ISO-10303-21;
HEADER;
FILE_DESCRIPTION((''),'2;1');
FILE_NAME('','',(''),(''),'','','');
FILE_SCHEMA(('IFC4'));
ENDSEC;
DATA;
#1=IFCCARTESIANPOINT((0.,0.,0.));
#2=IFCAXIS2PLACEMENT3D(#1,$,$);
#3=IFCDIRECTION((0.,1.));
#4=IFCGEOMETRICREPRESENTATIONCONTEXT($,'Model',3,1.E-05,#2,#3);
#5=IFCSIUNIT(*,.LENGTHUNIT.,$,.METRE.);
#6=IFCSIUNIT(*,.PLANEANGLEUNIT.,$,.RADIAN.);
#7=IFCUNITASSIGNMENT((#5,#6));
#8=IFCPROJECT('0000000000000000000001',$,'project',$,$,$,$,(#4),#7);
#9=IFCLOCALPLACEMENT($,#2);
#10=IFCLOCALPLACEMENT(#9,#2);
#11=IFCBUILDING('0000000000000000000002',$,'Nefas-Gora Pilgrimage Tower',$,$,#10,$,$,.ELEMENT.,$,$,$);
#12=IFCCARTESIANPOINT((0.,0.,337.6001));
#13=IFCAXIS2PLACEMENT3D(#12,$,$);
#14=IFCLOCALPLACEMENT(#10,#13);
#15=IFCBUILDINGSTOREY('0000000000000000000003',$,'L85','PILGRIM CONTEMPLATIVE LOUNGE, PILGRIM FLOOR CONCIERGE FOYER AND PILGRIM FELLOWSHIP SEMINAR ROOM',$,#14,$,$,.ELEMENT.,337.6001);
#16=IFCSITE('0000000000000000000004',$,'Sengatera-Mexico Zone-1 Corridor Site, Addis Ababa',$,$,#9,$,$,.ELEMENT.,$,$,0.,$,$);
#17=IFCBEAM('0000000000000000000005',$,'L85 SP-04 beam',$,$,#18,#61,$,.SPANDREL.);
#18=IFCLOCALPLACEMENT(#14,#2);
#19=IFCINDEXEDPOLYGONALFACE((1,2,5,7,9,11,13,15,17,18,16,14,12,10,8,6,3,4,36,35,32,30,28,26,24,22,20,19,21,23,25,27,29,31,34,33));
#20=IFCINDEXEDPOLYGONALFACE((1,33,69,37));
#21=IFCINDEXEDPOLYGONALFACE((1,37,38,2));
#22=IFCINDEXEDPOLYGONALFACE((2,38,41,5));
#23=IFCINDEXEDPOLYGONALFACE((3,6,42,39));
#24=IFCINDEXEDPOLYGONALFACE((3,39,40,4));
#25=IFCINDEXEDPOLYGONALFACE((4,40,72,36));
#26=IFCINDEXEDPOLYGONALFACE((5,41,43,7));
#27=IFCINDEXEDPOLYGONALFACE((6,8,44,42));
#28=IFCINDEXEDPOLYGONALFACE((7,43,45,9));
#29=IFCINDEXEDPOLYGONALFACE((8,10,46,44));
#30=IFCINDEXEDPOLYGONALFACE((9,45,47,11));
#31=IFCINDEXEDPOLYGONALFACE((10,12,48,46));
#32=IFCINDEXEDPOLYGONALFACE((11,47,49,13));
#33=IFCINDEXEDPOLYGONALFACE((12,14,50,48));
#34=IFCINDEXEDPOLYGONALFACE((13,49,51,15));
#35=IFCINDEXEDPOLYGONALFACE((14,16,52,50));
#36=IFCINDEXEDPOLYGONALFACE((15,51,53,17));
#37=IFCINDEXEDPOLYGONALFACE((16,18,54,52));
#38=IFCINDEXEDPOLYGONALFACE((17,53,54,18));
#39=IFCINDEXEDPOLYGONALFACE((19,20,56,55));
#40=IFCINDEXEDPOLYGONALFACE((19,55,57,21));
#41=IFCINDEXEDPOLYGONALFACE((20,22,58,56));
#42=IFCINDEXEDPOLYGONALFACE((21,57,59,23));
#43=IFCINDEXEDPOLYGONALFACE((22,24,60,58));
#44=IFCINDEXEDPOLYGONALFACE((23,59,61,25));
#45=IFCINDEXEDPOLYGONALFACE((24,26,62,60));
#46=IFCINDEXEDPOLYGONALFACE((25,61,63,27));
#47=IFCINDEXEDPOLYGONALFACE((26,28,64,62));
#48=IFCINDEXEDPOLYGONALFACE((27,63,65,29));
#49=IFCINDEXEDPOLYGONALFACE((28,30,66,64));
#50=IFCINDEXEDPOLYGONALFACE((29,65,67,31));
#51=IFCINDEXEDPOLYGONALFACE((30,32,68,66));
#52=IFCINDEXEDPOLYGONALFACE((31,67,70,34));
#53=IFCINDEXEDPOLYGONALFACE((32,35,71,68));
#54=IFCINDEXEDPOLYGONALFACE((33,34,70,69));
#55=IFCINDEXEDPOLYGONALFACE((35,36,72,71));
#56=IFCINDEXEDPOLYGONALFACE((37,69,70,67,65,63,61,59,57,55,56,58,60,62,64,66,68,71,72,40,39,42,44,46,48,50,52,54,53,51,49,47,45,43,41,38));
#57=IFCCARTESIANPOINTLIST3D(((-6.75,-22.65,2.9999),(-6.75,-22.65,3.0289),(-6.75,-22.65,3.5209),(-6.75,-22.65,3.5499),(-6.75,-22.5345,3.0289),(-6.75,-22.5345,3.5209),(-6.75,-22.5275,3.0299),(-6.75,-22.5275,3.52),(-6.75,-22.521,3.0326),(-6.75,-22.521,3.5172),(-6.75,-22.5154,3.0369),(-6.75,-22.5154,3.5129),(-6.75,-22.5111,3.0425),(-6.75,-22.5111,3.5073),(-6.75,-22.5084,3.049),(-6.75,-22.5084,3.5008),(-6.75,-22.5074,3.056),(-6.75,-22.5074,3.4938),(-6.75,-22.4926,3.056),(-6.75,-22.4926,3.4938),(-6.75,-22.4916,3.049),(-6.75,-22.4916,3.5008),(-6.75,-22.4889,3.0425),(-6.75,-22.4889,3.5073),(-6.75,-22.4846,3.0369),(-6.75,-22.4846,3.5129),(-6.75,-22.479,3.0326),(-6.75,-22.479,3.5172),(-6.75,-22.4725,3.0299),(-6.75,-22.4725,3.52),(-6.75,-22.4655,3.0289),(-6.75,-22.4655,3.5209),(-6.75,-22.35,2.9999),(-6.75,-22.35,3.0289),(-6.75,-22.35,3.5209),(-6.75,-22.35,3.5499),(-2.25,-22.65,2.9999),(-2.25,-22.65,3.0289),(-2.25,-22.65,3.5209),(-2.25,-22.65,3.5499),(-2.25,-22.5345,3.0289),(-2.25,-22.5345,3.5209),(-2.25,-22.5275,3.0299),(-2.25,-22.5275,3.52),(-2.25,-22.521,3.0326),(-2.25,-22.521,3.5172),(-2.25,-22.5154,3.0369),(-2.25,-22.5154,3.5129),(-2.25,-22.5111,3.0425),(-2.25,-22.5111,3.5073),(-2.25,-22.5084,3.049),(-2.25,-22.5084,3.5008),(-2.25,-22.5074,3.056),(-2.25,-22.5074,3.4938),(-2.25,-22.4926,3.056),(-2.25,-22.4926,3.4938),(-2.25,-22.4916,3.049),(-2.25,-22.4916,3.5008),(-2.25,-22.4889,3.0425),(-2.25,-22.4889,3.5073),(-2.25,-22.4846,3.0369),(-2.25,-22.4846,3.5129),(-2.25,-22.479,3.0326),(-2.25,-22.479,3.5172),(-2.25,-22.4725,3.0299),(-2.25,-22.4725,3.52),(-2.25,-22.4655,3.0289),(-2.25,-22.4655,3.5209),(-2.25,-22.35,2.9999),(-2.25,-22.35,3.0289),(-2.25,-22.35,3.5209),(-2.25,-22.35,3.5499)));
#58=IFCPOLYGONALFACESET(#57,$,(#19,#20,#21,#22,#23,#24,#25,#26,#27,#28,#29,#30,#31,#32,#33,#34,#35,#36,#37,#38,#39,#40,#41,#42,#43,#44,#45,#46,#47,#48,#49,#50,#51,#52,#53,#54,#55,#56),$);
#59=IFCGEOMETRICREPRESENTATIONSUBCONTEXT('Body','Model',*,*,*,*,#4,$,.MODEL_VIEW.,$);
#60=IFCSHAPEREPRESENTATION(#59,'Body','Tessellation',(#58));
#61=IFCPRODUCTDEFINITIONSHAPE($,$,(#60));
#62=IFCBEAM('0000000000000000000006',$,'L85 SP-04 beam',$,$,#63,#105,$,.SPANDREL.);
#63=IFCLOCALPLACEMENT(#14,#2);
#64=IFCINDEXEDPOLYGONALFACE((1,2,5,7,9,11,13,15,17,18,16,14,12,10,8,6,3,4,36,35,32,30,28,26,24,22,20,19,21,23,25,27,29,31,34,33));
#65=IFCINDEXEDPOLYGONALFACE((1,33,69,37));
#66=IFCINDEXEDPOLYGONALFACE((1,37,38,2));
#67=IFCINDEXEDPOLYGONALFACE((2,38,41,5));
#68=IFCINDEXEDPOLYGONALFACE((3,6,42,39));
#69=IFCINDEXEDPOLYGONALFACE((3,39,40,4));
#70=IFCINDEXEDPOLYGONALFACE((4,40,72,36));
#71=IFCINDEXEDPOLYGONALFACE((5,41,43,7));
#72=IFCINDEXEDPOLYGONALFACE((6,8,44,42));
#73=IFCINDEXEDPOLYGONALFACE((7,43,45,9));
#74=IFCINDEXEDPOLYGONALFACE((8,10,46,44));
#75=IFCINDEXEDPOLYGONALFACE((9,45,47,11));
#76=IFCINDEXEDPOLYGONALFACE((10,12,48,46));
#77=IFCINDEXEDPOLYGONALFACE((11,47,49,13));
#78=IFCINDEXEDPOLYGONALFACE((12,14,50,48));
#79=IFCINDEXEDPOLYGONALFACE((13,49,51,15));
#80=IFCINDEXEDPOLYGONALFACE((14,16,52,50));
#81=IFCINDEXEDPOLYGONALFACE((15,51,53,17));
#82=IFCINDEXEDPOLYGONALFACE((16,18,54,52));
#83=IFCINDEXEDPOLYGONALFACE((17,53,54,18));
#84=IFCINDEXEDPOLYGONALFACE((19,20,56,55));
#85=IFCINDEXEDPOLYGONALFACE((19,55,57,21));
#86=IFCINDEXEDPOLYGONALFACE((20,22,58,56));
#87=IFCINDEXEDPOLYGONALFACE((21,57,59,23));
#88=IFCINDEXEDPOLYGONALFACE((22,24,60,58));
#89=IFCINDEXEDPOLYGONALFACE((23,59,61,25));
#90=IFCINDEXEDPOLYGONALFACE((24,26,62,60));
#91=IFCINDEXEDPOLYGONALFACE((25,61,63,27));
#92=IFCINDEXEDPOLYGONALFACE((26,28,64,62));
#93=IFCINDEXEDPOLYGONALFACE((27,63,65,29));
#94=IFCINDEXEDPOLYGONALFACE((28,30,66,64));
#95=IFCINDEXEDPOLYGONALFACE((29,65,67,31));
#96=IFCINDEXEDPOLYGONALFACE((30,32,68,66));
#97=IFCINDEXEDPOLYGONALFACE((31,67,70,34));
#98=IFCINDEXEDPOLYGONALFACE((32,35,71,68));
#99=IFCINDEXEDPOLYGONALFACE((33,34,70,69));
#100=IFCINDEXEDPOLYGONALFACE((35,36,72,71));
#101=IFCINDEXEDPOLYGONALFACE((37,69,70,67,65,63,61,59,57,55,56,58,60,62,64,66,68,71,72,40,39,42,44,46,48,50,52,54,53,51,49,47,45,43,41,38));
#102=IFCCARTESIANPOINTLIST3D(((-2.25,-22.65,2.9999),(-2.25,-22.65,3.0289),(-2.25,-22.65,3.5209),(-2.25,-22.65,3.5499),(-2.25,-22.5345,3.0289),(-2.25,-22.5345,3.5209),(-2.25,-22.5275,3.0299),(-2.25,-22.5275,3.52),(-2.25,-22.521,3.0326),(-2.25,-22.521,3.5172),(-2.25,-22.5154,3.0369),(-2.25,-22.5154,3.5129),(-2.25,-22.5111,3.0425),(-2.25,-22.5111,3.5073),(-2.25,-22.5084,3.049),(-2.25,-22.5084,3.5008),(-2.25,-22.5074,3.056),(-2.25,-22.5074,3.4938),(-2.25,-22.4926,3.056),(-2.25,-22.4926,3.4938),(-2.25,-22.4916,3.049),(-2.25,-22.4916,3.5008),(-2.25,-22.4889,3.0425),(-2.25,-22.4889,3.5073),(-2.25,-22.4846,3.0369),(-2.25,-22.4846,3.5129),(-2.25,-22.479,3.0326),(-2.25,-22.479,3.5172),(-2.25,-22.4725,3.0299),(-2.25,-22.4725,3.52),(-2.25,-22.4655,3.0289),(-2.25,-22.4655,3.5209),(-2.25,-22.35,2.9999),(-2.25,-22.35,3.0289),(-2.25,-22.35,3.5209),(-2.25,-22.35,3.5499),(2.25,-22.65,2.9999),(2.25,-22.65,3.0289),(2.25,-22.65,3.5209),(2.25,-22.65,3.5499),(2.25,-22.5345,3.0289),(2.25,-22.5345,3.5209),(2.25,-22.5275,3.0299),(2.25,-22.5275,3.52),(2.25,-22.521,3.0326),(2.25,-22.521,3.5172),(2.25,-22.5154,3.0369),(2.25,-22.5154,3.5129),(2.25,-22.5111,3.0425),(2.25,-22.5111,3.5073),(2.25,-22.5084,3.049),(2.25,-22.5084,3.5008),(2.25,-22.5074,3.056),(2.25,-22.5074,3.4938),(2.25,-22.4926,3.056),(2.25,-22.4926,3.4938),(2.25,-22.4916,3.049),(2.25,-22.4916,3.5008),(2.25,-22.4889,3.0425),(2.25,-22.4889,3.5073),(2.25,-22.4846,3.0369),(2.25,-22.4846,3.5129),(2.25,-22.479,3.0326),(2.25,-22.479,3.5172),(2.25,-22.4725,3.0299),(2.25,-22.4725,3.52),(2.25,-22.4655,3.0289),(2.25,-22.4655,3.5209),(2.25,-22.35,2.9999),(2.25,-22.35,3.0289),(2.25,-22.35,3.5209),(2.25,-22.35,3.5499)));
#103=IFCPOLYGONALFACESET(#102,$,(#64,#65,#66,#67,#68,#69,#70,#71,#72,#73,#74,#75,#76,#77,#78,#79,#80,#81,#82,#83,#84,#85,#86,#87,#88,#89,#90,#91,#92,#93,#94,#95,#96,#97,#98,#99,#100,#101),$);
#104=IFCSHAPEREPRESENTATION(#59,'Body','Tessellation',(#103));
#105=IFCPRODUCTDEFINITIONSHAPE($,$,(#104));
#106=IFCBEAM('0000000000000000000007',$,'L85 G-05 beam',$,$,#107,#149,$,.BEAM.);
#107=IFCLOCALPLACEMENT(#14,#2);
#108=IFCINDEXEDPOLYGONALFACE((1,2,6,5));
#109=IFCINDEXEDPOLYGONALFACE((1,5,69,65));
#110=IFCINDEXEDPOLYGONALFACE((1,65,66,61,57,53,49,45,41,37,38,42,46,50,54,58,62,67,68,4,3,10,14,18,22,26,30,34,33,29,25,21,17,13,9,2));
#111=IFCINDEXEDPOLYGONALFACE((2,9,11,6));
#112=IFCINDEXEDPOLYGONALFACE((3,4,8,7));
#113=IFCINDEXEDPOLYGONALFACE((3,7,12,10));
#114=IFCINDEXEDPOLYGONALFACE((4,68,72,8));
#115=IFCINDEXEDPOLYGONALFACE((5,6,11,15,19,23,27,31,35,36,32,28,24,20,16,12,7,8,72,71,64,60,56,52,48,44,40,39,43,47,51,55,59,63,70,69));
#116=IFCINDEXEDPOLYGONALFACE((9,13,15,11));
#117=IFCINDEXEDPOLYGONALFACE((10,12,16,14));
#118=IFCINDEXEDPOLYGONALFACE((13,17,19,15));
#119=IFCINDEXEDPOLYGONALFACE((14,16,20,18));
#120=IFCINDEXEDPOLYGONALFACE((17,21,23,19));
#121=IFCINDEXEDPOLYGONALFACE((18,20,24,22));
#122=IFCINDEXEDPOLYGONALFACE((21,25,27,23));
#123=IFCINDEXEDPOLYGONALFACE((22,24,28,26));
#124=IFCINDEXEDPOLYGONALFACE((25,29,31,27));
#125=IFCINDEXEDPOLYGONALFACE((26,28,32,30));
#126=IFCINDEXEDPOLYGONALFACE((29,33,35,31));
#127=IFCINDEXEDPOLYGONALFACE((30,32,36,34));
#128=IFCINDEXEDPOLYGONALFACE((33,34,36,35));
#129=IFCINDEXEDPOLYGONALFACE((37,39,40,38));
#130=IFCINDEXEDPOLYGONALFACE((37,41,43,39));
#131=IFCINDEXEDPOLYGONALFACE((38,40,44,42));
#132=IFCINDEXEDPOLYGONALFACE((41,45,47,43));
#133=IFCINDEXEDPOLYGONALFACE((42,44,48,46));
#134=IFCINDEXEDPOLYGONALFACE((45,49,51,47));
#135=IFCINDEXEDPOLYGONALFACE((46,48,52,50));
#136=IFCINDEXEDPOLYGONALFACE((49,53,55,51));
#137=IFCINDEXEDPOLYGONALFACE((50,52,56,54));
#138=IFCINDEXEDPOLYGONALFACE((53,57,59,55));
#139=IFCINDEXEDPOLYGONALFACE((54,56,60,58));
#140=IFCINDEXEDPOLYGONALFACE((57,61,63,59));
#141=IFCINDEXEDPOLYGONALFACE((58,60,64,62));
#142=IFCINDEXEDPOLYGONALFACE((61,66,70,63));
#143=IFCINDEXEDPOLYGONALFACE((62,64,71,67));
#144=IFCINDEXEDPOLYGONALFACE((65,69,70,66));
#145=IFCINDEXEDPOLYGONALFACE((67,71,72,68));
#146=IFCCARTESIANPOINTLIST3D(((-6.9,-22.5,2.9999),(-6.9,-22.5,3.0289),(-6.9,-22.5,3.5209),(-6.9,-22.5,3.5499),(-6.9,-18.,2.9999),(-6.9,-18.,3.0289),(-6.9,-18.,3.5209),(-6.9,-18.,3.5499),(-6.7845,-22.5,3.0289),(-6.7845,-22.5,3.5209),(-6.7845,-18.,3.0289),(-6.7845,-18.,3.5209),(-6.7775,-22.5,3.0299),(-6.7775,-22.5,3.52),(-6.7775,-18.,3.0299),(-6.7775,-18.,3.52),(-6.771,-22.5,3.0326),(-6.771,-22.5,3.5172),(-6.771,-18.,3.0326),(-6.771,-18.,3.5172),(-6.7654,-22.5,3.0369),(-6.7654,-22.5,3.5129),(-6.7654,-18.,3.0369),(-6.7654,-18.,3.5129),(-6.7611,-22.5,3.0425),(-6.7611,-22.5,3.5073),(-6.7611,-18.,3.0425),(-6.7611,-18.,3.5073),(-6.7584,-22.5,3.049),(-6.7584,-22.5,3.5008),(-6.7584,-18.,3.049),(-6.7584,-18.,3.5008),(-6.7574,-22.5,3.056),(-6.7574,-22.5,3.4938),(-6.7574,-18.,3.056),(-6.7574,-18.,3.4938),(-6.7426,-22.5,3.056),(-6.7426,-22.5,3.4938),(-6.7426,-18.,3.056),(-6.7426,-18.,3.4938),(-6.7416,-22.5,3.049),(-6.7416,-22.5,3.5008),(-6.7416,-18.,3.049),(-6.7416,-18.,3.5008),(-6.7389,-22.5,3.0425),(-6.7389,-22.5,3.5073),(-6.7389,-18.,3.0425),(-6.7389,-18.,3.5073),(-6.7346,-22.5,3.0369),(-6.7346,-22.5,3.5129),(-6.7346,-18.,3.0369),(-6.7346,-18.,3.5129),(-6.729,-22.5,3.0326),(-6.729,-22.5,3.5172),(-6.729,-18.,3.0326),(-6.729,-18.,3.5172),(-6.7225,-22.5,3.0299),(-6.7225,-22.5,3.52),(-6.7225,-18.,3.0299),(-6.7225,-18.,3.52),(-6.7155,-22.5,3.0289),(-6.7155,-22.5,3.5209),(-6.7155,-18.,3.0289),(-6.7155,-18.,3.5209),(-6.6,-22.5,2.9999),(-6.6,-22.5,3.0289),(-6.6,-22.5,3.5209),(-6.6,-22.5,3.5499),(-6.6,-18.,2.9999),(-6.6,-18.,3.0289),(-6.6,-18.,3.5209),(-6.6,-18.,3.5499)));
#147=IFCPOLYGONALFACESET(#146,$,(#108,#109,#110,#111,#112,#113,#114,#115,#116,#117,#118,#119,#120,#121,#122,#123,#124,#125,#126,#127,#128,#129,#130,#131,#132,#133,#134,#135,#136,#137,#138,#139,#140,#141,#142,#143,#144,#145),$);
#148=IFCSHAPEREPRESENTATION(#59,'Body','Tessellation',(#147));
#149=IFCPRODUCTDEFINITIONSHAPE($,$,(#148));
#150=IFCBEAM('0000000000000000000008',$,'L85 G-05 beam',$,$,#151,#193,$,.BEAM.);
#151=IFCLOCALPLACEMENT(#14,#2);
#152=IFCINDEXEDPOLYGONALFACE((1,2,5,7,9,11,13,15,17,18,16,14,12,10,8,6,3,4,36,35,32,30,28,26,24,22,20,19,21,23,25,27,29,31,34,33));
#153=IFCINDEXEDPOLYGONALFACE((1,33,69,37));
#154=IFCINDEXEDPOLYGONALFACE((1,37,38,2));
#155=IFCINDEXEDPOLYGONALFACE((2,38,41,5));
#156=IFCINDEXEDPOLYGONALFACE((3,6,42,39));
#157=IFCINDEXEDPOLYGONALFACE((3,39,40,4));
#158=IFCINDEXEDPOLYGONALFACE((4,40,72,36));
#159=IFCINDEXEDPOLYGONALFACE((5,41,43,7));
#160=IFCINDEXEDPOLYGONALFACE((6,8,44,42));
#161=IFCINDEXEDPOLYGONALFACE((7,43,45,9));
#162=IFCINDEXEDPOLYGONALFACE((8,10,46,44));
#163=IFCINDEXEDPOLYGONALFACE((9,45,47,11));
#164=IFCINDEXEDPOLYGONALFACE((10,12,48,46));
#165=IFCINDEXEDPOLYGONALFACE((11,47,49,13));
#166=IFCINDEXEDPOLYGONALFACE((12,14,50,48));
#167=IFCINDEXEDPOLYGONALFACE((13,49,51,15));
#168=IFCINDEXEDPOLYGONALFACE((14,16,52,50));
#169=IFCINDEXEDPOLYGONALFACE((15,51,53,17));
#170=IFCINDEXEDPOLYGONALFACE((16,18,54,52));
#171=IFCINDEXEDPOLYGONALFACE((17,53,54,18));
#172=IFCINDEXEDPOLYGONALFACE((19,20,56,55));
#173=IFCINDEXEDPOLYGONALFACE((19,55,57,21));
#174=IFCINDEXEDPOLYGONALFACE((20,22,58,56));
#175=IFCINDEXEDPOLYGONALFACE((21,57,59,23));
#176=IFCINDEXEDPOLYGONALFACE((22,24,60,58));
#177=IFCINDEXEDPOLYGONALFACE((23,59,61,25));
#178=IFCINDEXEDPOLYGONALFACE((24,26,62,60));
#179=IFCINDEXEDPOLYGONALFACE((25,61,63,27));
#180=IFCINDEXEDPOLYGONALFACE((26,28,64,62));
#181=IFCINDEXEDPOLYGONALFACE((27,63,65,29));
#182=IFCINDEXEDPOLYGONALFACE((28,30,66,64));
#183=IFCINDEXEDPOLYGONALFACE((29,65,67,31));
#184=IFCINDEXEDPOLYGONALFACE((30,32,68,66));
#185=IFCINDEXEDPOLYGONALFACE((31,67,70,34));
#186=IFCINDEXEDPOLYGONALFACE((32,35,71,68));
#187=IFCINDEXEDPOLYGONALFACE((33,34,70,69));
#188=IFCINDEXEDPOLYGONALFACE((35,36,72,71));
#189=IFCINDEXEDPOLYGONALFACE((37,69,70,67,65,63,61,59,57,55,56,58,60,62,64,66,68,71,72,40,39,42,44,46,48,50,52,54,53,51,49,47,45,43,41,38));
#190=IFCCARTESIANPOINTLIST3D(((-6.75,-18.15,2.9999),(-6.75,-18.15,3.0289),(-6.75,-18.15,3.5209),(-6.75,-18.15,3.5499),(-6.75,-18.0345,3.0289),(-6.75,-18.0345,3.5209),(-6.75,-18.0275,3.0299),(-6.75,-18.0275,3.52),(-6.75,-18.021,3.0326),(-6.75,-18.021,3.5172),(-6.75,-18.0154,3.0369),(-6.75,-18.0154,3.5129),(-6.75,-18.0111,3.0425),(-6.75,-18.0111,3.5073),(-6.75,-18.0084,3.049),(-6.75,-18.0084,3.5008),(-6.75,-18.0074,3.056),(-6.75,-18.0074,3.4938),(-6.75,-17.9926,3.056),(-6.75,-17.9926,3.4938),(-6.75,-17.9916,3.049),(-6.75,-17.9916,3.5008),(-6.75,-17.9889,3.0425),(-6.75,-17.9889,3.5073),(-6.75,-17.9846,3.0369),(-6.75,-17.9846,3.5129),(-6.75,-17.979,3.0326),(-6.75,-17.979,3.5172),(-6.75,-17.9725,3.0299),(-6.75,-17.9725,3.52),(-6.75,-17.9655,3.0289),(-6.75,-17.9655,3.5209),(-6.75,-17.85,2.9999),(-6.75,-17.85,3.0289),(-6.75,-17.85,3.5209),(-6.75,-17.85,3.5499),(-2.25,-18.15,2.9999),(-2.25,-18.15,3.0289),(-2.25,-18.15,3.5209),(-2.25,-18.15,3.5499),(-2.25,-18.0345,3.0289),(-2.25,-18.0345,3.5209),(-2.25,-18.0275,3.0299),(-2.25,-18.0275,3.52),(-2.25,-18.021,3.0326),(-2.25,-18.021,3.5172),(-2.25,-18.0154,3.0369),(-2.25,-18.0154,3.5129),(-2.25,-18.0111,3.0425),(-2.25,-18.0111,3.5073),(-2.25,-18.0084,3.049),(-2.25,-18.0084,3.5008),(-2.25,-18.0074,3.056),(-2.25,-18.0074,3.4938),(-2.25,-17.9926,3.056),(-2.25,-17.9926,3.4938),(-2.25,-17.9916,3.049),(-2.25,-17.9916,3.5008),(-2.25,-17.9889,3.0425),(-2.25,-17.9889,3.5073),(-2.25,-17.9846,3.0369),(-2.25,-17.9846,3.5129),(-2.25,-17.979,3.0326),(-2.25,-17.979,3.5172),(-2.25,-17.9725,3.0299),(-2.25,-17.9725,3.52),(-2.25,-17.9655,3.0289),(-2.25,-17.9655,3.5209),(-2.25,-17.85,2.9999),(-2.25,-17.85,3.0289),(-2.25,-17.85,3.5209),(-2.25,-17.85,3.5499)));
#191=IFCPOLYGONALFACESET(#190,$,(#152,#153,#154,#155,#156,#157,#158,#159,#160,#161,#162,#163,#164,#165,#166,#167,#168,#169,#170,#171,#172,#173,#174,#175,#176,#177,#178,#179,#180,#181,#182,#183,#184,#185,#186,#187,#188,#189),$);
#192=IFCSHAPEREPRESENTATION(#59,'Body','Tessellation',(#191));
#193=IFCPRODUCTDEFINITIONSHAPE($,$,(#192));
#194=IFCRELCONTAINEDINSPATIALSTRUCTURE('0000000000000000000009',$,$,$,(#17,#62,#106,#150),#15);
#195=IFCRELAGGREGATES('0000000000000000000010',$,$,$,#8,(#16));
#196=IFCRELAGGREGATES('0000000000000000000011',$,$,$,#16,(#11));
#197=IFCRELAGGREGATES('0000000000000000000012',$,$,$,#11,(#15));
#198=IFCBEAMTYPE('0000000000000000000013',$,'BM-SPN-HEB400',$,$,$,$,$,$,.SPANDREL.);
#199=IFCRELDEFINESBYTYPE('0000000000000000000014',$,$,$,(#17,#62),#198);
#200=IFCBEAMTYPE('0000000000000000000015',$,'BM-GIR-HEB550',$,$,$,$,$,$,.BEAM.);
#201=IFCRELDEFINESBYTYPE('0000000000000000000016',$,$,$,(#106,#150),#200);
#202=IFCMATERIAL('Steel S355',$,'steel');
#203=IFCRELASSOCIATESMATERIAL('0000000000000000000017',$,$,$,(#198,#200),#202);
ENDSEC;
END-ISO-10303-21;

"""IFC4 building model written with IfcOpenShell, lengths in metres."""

from ifc_helpers import new_model, si_unit, direction, frame, origin, origin_2d, place, context, subcontext, project, spatial, i_section, extrude, source, transform, mapped, material, material_profile, profile_set, type_object, element, save


model = new_model("IFC4")

# Units and contexts
model_context = context("Model", 3, precision=1e-05, world=origin(), true_north=direction((0.0, 1.0)))
body_context = subcontext(model_context, "Body", "Model", "MODEL_VIEW")
ifc_project = project(units=[si_unit("LENGTHUNIT", "METRE"), si_unit("PLANEANGLEUNIT", "RADIAN")], contexts=[model_context])

# Site, building, storey
site_placement = place(None, origin())
site = spatial("IfcSite", under=ifc_project, at=site_placement, Name="Sengatera-Mexico Zone-1 Corridor Site, Addis Ababa", CompositionType="ELEMENT", RefElevation=0.0)
building_placement = place(site_placement, origin())
building = spatial("IfcBuilding", under=site, at=building_placement, Name="Nefas-Gora Pilgrimage Tower", CompositionType="ELEMENT")
storey_placement = place(building_placement, frame((0.0, 0.0, 337.6001)))
storey = spatial("IfcBuildingStorey", under=building, at=storey_placement, Name="L85", Description="PILGRIM CONTEMPLATIVE LOUNGE, PILGRIM FLOOR CONCIERGE FOYER AND PILGRIM FELLOWSHIP SEMINAR ROOM", CompositionType="ELEMENT", Elevation=337.6001)

# Shared definitions
ifc_material_1 = material(Name="Steel S355", Category="steel")

# Beams
ifc_material_profile_1 = material_profile(ifc_material_1, i_section(OverallWidth=0.3, OverallDepth=0.55, WebThickness=0.0149, FlangeThickness=0.0291, FilletRadius=0.0271, at=origin_2d()), Name="HEB 550")
ifc_profile_set_1 = profile_set([ifc_material_profile_1], Name="Steel S355")
beam_type_1 = type_object("IfcBeamType", Name="BM-SPN-HEB400", PredefinedType="SPANDREL", material=ifc_profile_set_1)
shared_shape_1 = source(origin(), body_context, "Body", "SweptSolid", [
    extrude(i_section(OverallWidth=0.3, OverallDepth=0.55, WebThickness=0.0149, FlangeThickness=0.0291, FilletRadius=0.0271, at=origin_2d()), origin(), (0.0, 0.0, 1.0), 4.5),
])
for number, where, z_axis, x_axis, name in (
    (1, (-6.75, -22.5, 3.2749), (1.0, 0.0, 0.0), (0.0, 1.0, 0.0), "L85 SP-04 beam"),
    (2, (-2.25, -22.5, 3.2749), (1.0, 0.0, 0.0), (0.0, 1.0, 0.0), "L85 SP-04 beam"),
):
    element("IfcBeam", number, at=place(storey_placement, frame(where, z_axis=z_axis, x_axis=x_axis)), inside=storey, type_object=beam_type_1, Name=name, PredefinedType="SPANDREL", context=body_context, shape_type="MappedRepresentation", body=[
        mapped(shared_shape_1, transform((0.0, 0.0, 0.0), x_axis=(1.0, 0.0, 0.0), y_axis=(0.0, 1.0, 0.0), z_axis=(0.0, 0.0, 1.0), scale=1.0)),
    ])
ifc_material_profile_2 = material_profile(ifc_material_1, i_section(OverallWidth=0.3, OverallDepth=0.55, WebThickness=0.0149, FlangeThickness=0.0291, FilletRadius=0.0271, at=origin_2d()), Name="HEB 550")
ifc_profile_set_2 = profile_set([ifc_material_profile_2], Name="Steel S355")
beam_type_2 = type_object("IfcBeamType", Name="BM-GIR-HEB550", PredefinedType="BEAM", material=ifc_profile_set_2)
shared_shape_2 = source(origin(), body_context, "Body", "SweptSolid", [
    extrude(i_section(OverallWidth=0.3, OverallDepth=0.55, WebThickness=0.0149, FlangeThickness=0.0291, FilletRadius=0.0271, at=origin_2d()), origin(), (0.0, 0.0, 1.0), 4.5),
])
for number, where, z_axis, x_axis, name in (
    (3, (-6.75, -22.5, 3.2749), (0.0, 1.0, 0.0), (-1.0, 0.0, 0.0), "L85 G-05 beam"),
    (4, (-6.75, -18.0, 3.2749), (1.0, 0.0, 0.0), (0.0, 1.0, 0.0), "L85 G-05 beam"),
):
    element("IfcBeam", number, at=place(storey_placement, frame(where, z_axis=z_axis, x_axis=x_axis)), inside=storey, type_object=beam_type_2, Name=name, PredefinedType="BEAM", context=body_context, shape_type="MappedRepresentation", body=[
        mapped(shared_shape_2, transform((0.0, 0.0, 0.0), x_axis=(1.0, 0.0, 0.0), y_axis=(0.0, 1.0, 0.0), z_axis=(0.0, 0.0, 1.0), scale=1.0)),
    ])

save(model, "model.ifc")
